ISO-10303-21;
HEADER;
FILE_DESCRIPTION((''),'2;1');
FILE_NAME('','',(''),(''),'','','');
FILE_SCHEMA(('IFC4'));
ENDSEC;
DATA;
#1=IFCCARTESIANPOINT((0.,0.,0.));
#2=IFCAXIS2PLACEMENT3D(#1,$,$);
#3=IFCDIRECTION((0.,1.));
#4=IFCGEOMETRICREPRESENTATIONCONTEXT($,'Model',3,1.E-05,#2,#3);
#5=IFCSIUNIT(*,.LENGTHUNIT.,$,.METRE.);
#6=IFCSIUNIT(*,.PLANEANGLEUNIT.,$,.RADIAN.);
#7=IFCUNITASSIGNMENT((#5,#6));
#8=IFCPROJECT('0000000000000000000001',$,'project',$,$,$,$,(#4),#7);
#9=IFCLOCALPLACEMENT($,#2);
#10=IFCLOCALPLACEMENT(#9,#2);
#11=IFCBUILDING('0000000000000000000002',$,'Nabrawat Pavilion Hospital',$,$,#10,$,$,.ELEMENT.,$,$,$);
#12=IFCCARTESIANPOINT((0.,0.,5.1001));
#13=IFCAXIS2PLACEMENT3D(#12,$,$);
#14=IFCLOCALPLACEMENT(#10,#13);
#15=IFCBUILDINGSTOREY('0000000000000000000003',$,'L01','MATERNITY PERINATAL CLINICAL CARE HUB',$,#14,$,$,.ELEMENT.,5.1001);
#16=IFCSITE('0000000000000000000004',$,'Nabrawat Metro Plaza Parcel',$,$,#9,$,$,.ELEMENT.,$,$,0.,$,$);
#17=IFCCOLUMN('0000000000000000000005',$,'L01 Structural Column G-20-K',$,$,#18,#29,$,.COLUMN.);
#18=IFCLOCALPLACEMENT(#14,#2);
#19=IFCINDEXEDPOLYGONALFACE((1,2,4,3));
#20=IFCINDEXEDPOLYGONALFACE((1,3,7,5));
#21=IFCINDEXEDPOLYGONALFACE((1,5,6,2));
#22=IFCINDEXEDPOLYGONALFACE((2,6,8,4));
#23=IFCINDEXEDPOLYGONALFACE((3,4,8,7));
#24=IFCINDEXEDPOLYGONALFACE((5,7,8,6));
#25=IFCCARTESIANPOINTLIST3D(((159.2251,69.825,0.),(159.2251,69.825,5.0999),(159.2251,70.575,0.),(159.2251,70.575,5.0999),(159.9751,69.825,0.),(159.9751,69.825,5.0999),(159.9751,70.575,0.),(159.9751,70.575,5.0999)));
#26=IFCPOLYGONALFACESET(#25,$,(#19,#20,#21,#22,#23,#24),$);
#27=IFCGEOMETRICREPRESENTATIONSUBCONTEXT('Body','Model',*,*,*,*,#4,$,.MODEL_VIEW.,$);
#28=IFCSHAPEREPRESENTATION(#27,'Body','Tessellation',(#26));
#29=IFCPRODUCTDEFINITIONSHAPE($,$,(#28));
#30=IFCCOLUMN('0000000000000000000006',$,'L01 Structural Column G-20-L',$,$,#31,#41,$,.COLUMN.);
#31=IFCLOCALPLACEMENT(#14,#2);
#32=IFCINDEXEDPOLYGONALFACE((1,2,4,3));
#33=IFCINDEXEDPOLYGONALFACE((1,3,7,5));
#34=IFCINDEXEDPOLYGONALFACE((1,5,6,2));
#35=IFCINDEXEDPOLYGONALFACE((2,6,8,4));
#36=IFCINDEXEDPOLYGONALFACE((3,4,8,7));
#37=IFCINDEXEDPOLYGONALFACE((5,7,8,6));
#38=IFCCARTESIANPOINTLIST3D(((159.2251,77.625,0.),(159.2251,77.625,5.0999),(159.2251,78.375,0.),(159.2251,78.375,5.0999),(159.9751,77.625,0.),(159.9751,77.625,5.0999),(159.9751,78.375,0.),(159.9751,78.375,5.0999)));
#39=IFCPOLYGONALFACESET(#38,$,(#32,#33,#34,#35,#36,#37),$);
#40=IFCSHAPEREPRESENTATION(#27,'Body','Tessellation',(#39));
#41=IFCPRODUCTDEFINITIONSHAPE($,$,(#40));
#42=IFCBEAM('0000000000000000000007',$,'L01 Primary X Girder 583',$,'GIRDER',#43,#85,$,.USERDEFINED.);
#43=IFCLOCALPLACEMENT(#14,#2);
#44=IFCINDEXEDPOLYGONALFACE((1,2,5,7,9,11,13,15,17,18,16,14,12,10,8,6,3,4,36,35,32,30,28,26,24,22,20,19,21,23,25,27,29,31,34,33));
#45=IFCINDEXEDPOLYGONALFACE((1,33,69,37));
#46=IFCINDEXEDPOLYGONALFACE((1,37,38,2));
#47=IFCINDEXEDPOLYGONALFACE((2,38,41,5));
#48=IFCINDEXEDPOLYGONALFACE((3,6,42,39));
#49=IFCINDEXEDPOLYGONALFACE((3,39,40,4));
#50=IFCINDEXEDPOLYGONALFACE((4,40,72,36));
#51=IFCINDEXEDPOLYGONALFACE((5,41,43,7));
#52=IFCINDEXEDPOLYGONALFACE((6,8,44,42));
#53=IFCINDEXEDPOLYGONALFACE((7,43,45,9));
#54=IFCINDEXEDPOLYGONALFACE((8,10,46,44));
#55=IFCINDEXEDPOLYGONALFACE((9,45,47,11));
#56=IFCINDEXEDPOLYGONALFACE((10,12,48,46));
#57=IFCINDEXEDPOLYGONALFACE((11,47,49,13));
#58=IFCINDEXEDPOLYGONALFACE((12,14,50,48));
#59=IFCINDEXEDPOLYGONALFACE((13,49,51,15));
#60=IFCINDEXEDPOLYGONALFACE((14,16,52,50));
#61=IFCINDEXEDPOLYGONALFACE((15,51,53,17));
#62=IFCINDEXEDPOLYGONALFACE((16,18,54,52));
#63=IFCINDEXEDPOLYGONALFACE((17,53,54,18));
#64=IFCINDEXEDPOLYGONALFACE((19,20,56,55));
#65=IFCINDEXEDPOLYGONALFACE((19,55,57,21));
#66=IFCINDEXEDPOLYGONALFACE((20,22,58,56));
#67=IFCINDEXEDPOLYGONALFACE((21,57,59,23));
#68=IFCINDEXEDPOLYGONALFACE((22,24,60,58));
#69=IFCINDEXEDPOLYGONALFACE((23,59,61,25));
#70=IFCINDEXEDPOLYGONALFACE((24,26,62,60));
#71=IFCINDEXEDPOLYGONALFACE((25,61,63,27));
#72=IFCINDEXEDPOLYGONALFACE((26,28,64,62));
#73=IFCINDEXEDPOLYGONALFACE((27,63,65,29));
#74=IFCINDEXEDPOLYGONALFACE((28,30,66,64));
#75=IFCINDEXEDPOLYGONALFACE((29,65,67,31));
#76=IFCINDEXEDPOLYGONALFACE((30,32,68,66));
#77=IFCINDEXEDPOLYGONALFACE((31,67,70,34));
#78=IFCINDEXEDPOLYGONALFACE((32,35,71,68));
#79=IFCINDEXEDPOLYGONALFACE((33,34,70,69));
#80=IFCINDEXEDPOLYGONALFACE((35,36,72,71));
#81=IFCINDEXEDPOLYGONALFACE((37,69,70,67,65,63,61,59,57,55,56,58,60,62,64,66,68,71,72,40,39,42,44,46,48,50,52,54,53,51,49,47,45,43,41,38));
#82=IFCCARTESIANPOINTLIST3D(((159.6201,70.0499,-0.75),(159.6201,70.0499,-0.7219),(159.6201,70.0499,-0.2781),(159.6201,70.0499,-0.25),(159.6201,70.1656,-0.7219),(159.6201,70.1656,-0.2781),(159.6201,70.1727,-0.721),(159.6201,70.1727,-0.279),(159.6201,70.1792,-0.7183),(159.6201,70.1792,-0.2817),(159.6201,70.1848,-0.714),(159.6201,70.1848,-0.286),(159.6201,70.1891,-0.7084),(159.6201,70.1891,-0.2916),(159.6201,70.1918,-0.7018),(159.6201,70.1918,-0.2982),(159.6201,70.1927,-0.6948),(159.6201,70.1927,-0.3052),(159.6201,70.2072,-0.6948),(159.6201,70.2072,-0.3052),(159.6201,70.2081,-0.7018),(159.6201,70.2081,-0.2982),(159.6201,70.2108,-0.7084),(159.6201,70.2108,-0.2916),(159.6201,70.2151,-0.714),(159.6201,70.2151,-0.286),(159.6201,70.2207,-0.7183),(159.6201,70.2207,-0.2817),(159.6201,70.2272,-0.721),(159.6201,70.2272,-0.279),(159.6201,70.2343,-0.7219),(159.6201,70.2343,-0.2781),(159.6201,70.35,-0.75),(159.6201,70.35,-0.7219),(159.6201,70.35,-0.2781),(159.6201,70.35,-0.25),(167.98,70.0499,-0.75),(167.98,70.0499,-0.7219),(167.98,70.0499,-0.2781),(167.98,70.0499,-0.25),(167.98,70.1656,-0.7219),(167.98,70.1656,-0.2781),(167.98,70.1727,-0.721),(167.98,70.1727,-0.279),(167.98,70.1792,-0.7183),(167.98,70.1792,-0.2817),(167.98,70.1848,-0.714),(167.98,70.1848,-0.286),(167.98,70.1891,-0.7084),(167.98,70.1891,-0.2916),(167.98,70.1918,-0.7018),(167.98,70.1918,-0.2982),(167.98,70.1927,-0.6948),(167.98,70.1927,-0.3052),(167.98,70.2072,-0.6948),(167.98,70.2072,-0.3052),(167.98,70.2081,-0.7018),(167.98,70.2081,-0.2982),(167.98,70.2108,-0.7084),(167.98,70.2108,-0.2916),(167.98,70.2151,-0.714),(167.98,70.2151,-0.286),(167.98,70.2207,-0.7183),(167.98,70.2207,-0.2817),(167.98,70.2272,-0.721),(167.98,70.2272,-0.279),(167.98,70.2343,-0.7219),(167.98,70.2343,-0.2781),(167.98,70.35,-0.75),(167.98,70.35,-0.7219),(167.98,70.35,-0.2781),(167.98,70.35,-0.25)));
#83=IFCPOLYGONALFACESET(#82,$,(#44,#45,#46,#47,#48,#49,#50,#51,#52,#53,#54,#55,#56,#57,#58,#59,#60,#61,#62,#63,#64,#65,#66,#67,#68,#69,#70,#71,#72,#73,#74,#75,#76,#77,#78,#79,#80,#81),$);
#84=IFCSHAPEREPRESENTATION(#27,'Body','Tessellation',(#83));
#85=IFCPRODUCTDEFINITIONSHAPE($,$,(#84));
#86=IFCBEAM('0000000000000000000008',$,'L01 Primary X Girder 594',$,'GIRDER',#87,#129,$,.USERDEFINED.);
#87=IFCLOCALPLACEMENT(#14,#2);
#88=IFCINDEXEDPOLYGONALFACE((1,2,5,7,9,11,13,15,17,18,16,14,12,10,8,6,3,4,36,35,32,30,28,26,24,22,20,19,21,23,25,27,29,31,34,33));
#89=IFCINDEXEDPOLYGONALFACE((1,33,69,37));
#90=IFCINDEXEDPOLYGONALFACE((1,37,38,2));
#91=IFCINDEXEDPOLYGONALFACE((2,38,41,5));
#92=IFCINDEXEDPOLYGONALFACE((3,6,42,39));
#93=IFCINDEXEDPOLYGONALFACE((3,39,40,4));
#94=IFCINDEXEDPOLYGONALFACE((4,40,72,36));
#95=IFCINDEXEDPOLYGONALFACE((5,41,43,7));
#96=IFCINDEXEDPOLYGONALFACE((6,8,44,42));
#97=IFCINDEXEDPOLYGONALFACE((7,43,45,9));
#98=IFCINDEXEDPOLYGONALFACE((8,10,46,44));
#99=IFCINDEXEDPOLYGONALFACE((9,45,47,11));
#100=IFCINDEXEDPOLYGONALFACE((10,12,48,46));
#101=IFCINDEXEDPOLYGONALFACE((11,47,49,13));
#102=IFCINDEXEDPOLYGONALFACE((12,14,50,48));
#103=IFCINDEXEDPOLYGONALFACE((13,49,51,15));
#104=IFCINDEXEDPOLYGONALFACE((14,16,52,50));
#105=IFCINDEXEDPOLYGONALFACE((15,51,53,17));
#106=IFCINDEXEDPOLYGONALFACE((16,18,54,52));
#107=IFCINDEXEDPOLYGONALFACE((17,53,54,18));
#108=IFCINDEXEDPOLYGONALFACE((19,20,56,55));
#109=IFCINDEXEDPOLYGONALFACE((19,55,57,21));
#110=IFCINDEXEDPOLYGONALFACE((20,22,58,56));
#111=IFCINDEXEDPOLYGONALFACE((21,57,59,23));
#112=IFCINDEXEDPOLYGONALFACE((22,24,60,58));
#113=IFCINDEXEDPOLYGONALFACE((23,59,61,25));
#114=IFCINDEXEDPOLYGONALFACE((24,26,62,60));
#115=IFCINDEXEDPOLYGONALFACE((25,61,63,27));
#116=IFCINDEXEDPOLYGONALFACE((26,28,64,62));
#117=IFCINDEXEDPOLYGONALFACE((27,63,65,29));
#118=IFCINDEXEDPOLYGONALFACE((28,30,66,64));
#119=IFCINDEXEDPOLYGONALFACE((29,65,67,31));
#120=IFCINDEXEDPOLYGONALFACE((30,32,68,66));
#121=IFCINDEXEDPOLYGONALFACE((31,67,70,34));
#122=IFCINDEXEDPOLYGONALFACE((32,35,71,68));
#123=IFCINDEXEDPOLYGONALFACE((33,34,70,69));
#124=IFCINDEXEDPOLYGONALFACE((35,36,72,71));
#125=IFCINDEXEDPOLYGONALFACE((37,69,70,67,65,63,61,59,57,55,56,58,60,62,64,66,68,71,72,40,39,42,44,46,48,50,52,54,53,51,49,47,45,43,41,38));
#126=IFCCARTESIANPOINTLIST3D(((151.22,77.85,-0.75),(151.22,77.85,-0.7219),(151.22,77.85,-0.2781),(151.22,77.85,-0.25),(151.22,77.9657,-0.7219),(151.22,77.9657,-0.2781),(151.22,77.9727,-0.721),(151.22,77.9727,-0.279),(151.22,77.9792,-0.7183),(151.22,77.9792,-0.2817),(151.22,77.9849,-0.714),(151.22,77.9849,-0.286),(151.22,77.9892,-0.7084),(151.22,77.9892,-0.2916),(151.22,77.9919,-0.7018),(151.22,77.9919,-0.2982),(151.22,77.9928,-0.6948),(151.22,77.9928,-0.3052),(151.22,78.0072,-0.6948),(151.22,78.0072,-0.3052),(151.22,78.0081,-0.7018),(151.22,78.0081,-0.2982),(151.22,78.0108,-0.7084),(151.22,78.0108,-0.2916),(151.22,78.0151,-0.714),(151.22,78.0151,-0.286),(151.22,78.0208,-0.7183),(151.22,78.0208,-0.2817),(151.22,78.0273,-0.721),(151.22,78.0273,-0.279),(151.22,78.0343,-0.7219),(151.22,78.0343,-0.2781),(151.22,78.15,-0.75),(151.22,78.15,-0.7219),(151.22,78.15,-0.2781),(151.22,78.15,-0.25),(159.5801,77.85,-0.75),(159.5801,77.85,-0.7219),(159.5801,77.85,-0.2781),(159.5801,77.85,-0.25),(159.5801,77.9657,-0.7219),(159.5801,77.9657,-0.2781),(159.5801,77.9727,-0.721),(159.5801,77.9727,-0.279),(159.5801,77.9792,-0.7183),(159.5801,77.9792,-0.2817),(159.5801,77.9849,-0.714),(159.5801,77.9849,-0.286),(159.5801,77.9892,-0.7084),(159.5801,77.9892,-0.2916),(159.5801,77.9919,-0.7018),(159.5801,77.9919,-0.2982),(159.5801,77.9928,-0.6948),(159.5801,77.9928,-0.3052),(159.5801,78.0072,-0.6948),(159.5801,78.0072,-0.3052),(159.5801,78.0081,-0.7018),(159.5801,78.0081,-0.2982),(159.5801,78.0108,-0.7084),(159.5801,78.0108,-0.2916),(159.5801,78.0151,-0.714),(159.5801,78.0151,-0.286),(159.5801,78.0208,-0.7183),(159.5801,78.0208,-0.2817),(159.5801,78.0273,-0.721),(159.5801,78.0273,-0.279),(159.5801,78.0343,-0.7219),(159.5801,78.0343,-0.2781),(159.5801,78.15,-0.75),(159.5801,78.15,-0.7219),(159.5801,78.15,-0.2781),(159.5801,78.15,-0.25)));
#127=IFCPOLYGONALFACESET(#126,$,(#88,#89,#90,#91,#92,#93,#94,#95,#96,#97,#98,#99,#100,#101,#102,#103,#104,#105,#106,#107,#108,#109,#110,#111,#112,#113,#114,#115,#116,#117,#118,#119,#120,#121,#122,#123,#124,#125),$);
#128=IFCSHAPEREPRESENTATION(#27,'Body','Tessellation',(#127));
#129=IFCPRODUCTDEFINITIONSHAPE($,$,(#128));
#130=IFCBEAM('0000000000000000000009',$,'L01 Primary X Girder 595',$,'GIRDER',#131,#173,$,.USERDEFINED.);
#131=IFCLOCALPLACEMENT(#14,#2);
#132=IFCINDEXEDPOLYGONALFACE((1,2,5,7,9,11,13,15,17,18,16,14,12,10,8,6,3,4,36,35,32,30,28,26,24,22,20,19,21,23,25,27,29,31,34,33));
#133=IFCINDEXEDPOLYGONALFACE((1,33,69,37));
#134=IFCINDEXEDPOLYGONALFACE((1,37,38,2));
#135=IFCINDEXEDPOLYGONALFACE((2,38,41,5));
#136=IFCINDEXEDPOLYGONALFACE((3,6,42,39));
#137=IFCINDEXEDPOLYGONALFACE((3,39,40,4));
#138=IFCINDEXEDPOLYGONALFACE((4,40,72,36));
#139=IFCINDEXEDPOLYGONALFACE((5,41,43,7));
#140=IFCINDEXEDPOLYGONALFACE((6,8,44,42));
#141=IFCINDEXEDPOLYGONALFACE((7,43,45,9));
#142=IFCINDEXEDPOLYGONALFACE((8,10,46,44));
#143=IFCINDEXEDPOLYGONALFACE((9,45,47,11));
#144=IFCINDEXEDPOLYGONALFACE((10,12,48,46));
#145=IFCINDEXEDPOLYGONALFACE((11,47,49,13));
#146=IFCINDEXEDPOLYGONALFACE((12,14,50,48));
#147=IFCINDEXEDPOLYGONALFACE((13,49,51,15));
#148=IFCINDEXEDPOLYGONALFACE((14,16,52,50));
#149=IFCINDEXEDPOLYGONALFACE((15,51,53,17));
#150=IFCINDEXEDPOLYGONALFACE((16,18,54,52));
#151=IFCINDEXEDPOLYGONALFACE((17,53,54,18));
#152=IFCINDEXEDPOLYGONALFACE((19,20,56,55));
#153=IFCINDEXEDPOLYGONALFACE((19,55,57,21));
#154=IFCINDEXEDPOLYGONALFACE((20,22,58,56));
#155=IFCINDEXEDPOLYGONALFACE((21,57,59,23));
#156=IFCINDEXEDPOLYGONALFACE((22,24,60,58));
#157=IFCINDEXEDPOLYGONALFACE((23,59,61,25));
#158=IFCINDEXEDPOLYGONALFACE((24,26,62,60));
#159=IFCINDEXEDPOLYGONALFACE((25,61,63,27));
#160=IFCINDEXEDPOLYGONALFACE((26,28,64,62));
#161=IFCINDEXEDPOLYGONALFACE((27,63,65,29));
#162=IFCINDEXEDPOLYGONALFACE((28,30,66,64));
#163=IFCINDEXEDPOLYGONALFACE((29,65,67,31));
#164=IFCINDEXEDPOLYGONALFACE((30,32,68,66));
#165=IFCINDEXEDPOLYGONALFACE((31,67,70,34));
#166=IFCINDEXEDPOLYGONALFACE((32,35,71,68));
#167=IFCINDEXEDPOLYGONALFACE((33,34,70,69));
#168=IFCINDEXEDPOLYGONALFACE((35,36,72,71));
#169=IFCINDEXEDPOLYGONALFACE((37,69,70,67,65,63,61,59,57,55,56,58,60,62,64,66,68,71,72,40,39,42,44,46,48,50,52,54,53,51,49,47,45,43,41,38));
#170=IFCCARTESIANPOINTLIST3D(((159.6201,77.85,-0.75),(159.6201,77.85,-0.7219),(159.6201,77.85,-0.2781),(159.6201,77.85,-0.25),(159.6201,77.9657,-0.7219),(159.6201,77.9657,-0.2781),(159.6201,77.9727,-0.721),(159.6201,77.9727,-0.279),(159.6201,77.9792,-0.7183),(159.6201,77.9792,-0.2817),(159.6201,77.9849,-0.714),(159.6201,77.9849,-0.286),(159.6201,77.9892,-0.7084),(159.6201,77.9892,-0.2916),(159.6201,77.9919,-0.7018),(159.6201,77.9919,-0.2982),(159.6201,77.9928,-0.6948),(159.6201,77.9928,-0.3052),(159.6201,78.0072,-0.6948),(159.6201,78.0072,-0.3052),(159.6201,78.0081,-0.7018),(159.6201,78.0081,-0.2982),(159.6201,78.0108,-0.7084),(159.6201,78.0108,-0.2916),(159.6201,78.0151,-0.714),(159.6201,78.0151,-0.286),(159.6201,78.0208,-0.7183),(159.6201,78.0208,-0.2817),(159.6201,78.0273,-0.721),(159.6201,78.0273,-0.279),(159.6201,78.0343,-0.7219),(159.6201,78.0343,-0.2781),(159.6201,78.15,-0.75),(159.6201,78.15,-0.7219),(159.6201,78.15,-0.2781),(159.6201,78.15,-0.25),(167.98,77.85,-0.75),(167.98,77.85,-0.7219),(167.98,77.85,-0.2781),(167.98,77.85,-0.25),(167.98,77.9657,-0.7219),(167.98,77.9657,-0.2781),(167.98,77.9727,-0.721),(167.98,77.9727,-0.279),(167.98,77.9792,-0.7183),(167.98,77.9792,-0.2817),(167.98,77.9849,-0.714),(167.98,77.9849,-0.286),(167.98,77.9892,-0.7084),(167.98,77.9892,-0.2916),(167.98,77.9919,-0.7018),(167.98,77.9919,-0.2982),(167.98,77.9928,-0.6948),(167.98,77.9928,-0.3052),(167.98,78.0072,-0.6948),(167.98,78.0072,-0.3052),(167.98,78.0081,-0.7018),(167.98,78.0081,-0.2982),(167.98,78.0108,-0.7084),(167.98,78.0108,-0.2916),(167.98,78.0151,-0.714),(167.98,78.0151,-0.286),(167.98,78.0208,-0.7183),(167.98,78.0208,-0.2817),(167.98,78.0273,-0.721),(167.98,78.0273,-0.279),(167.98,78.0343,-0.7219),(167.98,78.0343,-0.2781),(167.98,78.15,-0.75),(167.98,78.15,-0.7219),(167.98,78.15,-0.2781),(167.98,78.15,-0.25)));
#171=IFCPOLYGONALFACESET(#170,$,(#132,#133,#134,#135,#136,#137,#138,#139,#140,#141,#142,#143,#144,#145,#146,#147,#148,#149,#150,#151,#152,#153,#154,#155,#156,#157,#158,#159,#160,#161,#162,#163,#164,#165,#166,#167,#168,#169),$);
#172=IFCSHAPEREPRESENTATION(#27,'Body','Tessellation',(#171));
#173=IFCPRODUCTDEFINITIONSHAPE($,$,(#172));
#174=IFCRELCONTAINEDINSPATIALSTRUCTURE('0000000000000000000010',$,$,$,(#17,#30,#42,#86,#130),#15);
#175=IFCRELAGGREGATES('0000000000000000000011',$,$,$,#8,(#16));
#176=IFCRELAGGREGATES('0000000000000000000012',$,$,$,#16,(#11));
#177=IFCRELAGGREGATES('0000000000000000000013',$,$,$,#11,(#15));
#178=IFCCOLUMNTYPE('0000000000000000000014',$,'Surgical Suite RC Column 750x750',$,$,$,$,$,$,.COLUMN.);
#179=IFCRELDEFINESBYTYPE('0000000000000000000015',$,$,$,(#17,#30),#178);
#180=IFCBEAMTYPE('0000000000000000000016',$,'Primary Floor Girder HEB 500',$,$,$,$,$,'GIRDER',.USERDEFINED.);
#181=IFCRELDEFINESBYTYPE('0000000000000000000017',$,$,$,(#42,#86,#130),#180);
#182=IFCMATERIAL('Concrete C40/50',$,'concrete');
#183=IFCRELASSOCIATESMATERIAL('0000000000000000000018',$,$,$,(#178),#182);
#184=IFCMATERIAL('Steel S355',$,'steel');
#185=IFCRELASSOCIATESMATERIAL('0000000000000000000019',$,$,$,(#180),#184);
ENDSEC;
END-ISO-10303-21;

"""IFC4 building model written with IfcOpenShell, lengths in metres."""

from ifc_helpers import new_model, si_unit, direction, frame, origin, origin_2d, place, context, subcontext, project, spatial, rectangle, i_section, extrude, material, material_profile, profile_set, type_object, element, save


model = new_model("IFC4")

# Units and contexts
model_context = context("Model", 3, precision=1e-05, world=origin(), true_north=direction((0.0, 1.0)))
body_context = subcontext(model_context, "Body", "Model", "MODEL_VIEW")
ifc_project = project(units=[si_unit("LENGTHUNIT", "METRE"), si_unit("PLANEANGLEUNIT", "RADIAN")], contexts=[model_context])

# Site, building, storey
site_placement = place(None, origin())
site = spatial("IfcSite", under=ifc_project, at=site_placement, Name="Nabrawat Metro Plaza Parcel", CompositionType="ELEMENT", RefElevation=0.0)
building_placement = place(site_placement, origin())
building = spatial("IfcBuilding", under=site, at=building_placement, Name="Nabrawat Pavilion Hospital", CompositionType="ELEMENT")
storey_placement = place(building_placement, frame((0.0, 0.0, 5.1001)))
storey = spatial("IfcBuildingStorey", under=building, at=storey_placement, Name="L01", Description="MATERNITY PERINATAL CLINICAL CARE HUB", CompositionType="ELEMENT", Elevation=5.1001)

# Columns
ifc_material_1 = material(Name="Concrete C40/50", Category="concrete")
ifc_material_profile_1 = material_profile(ifc_material_1, rectangle(XDim=0.75, YDim=0.75, at=origin_2d()), Name="RC 750x750")
ifc_profile_set_1 = profile_set([ifc_material_profile_1], Name="Concrete C40/50")
column_type = type_object("IfcColumnType", Name="Surgical Suite RC Column 750x750", PredefinedType="COLUMN", material=ifc_profile_set_1)
for number, where, z_axis, x_axis, name in (
    (1, (159.6001, 70.2, 0.0), (0.0, 0.0, 1.0), (1.0, 0.0, 0.0), "L01 Structural Column G-20-K"),
    (2, (159.6001, 78.0, 0.0), (0.0, 0.0, 1.0), (1.0, 0.0, 0.0), "L01 Structural Column G-20-L"),
):
    element("IfcColumn", number, at=place(storey_placement, frame(where, z_axis=z_axis, x_axis=x_axis)), inside=storey, type_object=column_type, Name=name, PredefinedType="COLUMN", context=body_context, shape_type="SweptSolid", body=[
        extrude(rectangle(XDim=0.75, YDim=0.75, at=origin_2d()), origin(), (0.0, 0.0, 1.0), 5.0999),
    ])

# Beams
ifc_material_2 = material(Name="Steel S355", Category="steel")
ifc_material_profile_2 = material_profile(ifc_material_2, i_section(OverallWidth=0.3, OverallDepth=0.5, WebThickness=0.0144, FlangeThickness=0.0281, FilletRadius=0.0271, at=origin_2d()), Name="HEB 500")
ifc_profile_set_2 = profile_set([ifc_material_profile_2], Name="Steel S355")
beam_type_1 = type_object("IfcBeamType", Name="Primary Floor Girder HEB 500", ElementType="GIRDER", PredefinedType="USERDEFINED", material=ifc_profile_set_2)
beam_1_placement = place(storey_placement, frame((159.6201, 70.2, -0.5), z_axis=(1.0, 0.0, 0.0), x_axis=(0.0, 1.0, 0.0)))
element("IfcBeam", 3, at=beam_1_placement, inside=storey, type_object=beam_type_1, Name="L01 Primary X Girder 583", ObjectType="GIRDER", PredefinedType="USERDEFINED", context=body_context, shape_type="SweptSolid", body=[
    extrude(i_section(OverallWidth=0.3, OverallDepth=0.5, WebThickness=0.0144, FlangeThickness=0.0281, FilletRadius=0.0271, at=origin_2d()), origin(), (0.0, 0.0, 1.0), 8.3599),
])
beam_2_placement = place(storey_placement, frame((151.22, 78.0, -0.5), z_axis=(1.0, 0.0, 0.0), x_axis=(0.0, 1.0, 0.0)))
element("IfcBeam", 4, at=beam_2_placement, inside=storey, type_object=beam_type_1, Name="L01 Primary X Girder 594", ObjectType="GIRDER", PredefinedType="USERDEFINED", context=body_context, shape_type="SweptSolid", body=[
    extrude(i_section(OverallWidth=0.3, OverallDepth=0.5, WebThickness=0.0144, FlangeThickness=0.0281, FilletRadius=0.0271, at=origin_2d()), origin(), (0.0, 0.0, 1.0), 8.3601),
])
beam_3_placement = place(storey_placement, frame((159.6201, 78.0, -0.5), z_axis=(1.0, 0.0, 0.0), x_axis=(0.0, 1.0, 0.0)))
element("IfcBeam", 5, at=beam_3_placement, inside=storey, type_object=beam_type_1, Name="L01 Primary X Girder 595", ObjectType="GIRDER", PredefinedType="USERDEFINED", context=body_context, shape_type="SweptSolid", body=[
    extrude(i_section(OverallWidth=0.3, OverallDepth=0.5, WebThickness=0.0144, FlangeThickness=0.0281, FilletRadius=0.0271, at=origin_2d()), origin(), (0.0, 0.0, 1.0), 8.3599),
])

save(model, "model.ifc")
